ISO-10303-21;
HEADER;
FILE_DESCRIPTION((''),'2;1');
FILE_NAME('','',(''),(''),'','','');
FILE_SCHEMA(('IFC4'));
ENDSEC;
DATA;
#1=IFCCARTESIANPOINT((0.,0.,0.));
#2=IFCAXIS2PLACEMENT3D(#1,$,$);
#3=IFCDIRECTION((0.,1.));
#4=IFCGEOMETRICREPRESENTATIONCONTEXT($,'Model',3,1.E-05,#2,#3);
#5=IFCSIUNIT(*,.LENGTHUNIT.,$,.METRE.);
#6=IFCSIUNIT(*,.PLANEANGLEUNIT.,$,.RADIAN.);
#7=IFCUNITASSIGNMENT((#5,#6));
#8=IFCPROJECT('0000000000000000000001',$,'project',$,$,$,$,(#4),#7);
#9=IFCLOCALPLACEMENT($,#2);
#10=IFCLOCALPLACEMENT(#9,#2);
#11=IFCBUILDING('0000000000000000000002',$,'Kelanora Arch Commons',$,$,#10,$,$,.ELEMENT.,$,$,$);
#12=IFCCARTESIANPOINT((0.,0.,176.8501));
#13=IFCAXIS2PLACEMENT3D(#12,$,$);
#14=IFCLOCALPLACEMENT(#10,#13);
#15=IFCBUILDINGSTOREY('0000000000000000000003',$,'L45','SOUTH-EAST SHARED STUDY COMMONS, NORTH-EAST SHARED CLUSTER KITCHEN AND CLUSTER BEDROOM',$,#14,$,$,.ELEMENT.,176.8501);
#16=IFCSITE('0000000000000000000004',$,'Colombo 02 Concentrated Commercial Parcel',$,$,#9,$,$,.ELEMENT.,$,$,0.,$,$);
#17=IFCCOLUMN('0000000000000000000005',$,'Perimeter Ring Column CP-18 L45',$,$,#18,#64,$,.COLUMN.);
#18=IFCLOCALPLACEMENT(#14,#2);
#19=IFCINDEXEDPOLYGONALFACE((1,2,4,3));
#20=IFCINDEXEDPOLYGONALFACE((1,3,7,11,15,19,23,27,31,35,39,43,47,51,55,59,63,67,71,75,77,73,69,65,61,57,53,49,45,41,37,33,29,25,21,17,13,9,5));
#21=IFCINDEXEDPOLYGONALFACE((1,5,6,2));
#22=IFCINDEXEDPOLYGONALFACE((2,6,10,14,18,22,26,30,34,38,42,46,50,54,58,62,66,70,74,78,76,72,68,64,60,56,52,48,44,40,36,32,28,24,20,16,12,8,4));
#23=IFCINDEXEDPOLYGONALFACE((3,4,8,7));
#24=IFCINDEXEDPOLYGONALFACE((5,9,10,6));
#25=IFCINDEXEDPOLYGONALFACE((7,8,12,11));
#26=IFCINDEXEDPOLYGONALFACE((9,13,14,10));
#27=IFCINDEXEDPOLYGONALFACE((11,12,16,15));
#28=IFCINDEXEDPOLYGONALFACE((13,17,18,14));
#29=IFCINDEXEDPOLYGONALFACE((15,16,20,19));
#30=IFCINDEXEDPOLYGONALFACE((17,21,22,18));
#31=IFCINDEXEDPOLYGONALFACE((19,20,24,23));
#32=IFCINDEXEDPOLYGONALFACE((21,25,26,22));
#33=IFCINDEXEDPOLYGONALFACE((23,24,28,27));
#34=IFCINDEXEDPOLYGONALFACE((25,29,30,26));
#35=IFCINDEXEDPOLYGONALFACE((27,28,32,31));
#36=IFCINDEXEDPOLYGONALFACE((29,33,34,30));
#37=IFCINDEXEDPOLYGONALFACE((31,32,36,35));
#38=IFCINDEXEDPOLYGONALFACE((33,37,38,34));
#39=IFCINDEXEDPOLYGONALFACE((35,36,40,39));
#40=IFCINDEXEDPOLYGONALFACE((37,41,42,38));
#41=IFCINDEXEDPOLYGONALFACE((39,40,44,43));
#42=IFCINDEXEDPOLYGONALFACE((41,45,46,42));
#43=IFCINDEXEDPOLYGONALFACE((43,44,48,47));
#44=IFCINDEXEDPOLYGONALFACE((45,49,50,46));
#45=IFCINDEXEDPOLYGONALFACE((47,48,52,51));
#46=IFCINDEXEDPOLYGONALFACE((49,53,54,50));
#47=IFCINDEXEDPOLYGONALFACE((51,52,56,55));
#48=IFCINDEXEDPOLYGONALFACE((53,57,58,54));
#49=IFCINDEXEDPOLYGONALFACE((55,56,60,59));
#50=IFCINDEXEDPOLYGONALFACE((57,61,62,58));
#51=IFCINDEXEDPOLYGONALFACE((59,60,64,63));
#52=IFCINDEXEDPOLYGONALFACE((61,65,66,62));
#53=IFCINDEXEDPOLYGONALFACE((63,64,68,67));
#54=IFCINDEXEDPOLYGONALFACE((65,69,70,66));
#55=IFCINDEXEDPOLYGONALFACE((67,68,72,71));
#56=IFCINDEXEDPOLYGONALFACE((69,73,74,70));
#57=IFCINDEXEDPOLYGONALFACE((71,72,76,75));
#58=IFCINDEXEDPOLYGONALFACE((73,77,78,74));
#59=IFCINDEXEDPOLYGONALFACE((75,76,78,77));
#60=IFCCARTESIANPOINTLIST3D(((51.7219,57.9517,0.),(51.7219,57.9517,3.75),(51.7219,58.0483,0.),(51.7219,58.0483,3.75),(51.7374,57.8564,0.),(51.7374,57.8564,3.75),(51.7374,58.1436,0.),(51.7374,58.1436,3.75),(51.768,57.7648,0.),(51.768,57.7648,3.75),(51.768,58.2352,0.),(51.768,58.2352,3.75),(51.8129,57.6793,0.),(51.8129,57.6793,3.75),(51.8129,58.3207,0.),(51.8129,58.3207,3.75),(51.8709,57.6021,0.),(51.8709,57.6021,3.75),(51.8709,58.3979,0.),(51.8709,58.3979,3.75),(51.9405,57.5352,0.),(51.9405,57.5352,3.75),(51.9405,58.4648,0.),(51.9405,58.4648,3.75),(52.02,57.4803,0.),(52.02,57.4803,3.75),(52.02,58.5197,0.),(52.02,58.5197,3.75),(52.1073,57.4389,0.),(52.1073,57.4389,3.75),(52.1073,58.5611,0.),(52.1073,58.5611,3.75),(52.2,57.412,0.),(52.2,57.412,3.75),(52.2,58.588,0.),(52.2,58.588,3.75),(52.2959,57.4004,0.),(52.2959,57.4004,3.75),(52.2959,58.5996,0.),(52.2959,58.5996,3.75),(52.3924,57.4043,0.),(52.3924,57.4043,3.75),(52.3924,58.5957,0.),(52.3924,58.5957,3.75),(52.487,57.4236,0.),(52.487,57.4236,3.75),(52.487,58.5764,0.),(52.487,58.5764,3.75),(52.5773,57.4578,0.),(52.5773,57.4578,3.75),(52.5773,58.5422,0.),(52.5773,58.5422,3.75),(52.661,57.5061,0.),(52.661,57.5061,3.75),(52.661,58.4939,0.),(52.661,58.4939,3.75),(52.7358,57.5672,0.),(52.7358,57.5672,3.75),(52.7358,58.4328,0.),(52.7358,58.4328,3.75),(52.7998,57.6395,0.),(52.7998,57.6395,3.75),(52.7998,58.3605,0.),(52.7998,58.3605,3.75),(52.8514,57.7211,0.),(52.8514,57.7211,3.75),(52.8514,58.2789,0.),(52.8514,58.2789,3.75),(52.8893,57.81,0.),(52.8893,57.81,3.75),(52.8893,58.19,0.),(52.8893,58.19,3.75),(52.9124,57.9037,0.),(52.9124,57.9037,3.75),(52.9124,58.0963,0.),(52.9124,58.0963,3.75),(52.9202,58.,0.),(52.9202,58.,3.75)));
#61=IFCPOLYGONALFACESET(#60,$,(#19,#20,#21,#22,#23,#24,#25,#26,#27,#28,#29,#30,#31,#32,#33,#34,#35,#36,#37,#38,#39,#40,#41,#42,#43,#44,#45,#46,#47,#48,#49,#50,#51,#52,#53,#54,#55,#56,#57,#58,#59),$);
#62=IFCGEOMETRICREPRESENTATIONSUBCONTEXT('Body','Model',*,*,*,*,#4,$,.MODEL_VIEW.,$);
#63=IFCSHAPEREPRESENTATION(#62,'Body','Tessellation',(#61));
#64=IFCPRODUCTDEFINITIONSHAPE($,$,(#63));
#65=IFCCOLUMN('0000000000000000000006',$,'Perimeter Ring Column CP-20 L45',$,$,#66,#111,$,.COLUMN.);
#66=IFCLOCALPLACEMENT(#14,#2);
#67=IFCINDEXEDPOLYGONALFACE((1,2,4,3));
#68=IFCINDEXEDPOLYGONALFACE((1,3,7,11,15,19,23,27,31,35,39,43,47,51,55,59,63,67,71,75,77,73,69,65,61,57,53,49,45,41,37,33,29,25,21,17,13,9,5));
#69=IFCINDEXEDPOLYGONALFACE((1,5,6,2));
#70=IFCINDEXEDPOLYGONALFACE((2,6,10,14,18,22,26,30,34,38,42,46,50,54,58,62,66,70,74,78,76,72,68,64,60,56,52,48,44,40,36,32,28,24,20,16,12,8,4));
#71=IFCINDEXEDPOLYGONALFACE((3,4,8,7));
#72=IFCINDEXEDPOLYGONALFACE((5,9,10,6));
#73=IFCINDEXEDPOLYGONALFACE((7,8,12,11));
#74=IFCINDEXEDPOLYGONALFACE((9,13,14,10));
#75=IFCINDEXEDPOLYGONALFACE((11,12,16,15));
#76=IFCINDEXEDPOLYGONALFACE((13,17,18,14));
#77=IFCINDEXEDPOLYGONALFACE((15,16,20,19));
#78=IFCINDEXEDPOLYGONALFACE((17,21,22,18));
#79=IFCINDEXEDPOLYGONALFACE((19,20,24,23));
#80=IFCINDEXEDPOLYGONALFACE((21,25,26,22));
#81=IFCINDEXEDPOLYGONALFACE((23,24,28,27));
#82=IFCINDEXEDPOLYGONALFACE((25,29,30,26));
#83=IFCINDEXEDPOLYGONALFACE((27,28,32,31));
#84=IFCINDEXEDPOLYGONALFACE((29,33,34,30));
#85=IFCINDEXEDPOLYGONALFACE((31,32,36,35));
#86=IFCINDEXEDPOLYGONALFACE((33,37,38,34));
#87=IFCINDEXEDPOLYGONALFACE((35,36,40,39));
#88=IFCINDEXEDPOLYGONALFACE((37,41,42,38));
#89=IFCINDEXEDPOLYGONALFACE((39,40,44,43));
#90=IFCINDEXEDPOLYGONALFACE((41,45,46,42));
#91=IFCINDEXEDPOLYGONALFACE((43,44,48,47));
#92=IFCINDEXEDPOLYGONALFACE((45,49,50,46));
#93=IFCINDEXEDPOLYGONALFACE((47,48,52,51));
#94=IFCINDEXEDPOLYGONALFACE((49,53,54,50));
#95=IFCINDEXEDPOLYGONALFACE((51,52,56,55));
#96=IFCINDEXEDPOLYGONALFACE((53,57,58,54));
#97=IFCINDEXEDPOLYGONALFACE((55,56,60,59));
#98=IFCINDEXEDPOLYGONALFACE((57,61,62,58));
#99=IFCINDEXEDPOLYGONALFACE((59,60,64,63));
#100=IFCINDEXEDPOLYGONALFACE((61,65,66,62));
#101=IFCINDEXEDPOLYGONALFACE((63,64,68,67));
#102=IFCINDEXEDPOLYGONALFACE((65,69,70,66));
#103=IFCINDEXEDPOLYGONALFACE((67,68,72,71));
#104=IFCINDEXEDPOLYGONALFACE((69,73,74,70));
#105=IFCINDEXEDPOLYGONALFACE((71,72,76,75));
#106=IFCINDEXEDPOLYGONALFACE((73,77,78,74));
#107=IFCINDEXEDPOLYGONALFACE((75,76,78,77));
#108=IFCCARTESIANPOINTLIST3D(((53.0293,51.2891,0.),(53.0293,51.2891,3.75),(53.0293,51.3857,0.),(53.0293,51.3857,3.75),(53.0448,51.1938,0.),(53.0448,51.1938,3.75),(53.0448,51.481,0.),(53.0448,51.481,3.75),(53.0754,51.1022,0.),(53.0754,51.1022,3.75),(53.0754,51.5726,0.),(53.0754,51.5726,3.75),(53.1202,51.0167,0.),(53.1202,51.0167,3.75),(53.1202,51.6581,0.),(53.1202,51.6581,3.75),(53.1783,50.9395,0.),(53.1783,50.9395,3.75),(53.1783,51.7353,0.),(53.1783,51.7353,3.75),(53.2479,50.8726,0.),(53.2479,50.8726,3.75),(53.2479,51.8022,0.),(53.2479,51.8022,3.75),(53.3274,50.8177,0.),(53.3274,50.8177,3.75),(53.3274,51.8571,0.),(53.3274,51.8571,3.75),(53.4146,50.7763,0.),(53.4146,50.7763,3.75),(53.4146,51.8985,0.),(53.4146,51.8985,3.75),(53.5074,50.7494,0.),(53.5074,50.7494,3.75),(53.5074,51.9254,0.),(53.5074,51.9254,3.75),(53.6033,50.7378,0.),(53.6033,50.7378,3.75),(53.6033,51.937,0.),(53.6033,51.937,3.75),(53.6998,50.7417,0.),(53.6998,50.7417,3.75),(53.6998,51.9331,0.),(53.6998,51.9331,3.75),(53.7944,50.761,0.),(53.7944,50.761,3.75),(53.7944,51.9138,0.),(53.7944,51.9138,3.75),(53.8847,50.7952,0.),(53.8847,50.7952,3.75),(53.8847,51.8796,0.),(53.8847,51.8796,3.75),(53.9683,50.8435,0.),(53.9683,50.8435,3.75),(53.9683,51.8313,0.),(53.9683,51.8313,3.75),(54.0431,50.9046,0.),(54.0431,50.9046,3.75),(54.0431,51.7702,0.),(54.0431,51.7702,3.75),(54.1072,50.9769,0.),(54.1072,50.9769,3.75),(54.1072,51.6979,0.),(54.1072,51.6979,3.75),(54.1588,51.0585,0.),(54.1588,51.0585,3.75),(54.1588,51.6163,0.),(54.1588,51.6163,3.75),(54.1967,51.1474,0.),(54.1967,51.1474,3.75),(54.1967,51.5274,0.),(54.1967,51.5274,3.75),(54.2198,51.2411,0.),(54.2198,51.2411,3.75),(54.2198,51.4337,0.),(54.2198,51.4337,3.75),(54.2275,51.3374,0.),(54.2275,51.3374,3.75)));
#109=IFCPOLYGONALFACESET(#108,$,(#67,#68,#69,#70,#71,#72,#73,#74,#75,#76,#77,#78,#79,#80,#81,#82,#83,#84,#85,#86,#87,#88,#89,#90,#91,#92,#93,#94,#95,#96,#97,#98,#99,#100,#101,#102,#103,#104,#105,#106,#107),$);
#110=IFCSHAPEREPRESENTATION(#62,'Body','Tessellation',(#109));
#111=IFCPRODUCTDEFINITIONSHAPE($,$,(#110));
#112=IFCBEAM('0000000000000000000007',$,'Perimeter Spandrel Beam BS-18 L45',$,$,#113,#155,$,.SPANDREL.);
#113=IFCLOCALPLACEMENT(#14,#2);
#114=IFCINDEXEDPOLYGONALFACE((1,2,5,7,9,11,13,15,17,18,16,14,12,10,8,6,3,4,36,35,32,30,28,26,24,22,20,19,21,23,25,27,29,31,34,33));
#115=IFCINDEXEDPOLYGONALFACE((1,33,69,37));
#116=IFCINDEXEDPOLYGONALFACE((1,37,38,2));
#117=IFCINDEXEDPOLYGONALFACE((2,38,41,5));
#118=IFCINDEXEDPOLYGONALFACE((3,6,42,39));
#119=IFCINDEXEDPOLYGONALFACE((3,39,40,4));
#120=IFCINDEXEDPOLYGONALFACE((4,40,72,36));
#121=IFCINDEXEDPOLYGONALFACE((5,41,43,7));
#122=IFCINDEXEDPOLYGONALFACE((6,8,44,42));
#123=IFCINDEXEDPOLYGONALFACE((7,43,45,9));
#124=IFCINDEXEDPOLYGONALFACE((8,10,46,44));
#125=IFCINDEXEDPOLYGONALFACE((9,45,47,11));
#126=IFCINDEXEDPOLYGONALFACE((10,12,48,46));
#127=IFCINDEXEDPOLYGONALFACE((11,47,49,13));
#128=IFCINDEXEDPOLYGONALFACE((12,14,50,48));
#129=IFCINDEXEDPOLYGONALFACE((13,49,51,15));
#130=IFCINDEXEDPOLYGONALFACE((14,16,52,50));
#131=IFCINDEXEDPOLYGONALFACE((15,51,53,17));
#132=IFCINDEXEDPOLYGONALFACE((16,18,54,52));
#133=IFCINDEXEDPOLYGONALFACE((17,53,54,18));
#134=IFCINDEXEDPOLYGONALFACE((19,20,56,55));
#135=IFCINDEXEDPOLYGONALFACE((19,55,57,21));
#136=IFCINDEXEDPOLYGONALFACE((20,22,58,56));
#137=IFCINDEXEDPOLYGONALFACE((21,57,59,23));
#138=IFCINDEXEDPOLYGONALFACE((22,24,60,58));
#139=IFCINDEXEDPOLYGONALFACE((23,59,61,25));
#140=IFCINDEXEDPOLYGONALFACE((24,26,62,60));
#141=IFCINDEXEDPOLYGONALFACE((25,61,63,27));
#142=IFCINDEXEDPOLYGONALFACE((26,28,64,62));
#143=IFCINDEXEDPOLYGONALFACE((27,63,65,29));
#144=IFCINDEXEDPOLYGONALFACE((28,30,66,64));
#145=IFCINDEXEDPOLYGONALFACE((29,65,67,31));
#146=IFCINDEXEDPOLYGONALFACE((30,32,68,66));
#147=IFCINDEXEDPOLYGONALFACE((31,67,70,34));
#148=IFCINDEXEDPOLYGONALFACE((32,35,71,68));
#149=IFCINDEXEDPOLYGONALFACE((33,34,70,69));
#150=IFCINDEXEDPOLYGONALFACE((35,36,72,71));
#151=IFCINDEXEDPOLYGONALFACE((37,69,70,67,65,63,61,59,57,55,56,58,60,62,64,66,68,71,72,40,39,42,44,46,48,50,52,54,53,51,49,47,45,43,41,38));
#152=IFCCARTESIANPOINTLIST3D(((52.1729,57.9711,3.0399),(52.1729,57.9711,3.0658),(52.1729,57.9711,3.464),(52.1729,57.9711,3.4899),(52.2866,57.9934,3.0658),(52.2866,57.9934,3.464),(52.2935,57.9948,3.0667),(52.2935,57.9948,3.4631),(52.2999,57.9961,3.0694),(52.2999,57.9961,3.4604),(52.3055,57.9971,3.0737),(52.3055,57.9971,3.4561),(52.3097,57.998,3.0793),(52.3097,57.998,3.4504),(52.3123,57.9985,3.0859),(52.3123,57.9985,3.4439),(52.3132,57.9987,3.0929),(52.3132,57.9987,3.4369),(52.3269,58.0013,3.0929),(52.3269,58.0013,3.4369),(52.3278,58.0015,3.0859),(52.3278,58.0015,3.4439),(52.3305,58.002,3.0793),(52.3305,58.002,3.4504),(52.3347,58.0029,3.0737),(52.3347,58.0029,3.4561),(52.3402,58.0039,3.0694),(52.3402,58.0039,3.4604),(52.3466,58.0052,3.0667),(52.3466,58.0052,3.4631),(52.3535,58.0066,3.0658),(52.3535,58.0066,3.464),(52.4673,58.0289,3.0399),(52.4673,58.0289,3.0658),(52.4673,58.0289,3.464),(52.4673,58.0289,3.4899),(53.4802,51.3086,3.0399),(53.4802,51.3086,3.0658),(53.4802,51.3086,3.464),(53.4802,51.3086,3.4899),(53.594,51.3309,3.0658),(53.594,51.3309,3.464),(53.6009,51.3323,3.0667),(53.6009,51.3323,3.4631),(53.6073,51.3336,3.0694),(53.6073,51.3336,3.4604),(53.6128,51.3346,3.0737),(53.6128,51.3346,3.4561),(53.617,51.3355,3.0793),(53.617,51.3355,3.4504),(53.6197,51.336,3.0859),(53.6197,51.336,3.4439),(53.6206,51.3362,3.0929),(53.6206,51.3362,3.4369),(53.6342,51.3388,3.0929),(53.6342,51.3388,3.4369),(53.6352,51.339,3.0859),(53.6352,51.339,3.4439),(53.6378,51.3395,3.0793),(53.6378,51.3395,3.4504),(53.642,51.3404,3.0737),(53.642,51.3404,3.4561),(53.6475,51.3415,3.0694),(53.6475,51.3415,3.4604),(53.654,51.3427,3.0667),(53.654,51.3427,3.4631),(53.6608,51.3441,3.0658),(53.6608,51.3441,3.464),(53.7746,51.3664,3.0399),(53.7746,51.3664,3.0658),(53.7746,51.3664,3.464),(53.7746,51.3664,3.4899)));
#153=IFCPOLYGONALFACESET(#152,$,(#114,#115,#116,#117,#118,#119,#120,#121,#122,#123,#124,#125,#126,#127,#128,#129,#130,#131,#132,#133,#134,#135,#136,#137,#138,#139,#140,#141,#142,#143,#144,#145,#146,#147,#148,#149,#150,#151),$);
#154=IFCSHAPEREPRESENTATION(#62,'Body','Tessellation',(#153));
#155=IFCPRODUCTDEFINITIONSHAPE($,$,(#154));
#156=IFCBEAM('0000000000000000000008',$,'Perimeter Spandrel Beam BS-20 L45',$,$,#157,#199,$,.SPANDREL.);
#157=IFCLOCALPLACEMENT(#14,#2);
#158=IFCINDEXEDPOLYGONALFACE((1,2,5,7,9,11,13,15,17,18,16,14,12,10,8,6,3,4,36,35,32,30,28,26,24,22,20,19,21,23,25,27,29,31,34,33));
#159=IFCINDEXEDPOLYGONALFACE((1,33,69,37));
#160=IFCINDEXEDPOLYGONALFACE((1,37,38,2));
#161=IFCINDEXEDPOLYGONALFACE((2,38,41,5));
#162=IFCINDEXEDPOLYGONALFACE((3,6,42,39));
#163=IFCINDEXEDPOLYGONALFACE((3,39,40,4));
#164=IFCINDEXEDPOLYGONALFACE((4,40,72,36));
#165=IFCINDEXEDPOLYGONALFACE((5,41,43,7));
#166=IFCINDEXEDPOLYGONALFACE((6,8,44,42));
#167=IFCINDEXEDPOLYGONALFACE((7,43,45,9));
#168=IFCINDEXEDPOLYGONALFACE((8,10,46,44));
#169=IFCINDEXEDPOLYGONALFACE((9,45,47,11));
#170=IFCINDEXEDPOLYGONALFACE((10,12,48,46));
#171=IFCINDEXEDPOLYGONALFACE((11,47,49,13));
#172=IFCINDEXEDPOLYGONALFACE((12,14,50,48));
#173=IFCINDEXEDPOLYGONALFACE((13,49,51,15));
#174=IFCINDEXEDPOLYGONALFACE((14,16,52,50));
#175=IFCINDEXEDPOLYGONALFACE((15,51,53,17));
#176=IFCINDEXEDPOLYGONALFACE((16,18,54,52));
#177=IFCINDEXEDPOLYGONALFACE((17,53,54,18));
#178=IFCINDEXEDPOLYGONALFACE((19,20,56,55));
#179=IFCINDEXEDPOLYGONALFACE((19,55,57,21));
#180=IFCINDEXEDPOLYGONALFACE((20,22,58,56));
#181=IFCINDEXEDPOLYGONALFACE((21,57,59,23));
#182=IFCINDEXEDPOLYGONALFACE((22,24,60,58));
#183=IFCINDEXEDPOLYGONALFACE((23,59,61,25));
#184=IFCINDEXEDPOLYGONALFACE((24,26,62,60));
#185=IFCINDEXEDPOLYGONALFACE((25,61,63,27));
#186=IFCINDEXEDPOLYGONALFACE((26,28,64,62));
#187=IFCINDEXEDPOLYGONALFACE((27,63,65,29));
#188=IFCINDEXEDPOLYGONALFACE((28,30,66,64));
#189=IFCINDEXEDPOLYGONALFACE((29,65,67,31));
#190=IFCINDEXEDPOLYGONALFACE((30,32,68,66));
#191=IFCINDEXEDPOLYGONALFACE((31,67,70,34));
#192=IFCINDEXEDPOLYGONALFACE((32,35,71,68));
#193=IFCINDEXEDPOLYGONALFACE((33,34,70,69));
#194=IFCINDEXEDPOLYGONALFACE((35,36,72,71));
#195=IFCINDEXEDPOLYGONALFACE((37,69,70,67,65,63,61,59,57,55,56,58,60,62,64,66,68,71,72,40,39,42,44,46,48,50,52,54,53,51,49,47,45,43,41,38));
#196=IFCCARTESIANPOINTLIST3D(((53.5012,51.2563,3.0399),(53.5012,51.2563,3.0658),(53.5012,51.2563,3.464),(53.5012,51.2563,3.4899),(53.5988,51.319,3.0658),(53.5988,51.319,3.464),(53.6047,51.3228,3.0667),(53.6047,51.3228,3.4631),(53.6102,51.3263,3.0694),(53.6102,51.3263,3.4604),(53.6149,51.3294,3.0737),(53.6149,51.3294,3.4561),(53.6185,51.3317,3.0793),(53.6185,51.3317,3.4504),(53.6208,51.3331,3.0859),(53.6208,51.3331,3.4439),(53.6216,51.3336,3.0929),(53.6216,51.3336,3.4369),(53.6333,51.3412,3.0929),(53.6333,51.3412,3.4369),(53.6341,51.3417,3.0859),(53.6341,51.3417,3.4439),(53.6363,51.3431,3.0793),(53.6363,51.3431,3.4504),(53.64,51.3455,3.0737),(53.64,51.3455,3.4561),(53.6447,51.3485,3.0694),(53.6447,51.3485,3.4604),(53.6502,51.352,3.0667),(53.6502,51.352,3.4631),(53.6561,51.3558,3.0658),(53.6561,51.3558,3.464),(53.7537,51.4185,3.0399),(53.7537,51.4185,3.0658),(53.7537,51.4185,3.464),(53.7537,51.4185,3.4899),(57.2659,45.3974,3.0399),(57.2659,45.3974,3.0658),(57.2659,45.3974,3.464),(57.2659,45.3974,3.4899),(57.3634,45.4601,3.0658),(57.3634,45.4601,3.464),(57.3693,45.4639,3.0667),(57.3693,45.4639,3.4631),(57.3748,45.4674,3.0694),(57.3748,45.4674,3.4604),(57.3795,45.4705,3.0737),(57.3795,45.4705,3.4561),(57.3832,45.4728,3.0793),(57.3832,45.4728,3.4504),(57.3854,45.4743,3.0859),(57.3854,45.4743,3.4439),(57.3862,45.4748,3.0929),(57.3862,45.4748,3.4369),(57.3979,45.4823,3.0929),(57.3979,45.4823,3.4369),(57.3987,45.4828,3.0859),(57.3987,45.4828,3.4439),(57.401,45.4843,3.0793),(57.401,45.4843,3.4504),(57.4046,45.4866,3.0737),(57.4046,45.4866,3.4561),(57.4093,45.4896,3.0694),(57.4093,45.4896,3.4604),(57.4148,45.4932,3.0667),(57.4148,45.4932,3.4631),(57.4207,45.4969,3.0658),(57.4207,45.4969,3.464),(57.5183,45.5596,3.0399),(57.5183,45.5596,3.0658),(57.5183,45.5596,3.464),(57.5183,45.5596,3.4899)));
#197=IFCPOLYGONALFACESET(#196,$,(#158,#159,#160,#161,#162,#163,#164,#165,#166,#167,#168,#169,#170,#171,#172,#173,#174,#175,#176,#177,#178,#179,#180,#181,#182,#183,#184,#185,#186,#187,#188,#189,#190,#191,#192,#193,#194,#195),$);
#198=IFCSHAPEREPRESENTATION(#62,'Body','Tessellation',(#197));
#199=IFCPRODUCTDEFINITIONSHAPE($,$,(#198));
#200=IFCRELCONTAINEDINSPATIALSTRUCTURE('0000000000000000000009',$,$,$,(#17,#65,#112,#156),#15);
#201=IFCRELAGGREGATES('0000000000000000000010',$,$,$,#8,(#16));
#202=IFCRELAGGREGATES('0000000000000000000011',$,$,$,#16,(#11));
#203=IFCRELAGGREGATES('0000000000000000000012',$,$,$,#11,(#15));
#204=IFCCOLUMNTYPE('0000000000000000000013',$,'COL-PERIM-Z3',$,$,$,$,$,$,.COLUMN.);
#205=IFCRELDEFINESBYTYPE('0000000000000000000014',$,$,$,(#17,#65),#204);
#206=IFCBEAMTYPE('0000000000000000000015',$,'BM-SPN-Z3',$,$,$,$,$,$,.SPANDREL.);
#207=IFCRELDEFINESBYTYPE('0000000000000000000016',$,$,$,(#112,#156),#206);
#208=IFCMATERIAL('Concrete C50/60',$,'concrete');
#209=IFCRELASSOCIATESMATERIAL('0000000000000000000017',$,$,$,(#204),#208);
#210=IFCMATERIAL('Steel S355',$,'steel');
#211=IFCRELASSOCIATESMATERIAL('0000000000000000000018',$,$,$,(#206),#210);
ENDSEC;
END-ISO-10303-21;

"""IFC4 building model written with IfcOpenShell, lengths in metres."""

from ifc_helpers import new_model, si_unit, direction, frame, origin, origin_2d, place, context, subcontext, project, spatial, circle, i_section, extrude, material, material_profile, profile_set, type_object, element, save


model = new_model("IFC4")

# Units and contexts
model_context = context("Model", 3, precision=1e-05, world=origin(), true_north=direction((0.0, 1.0)))
body_context = subcontext(model_context, "Body", "Model", "MODEL_VIEW")
ifc_project = project(units=[si_unit("LENGTHUNIT", "METRE"), si_unit("PLANEANGLEUNIT", "RADIAN")], contexts=[model_context])

# Site, building, storey
site_placement = place(None, origin())
site = spatial("IfcSite", under=ifc_project, at=site_placement, Name="Colombo 02 Concentrated Commercial Parcel", CompositionType="ELEMENT", RefElevation=0.0)
building_placement = place(site_placement, origin())
building = spatial("IfcBuilding", under=site, at=building_placement, Name="Kelanora Arch Commons", CompositionType="ELEMENT")
storey_placement = place(building_placement, frame((0.0, 0.0, 176.8501)))
storey = spatial("IfcBuildingStorey", under=building, at=storey_placement, Name="L45", Description="SOUTH-EAST SHARED STUDY COMMONS, NORTH-EAST SHARED CLUSTER KITCHEN AND CLUSTER BEDROOM", CompositionType="ELEMENT", Elevation=176.8501)

# Columns
ifc_material_1 = material(Name="Concrete C50/60", Category="concrete")
ifc_material_profile_1 = material_profile(ifc_material_1, circle(Radius=0.6001, at=origin_2d()), Name="RCC1200")
ifc_profile_set_1 = profile_set([ifc_material_profile_1], Name="Concrete C50/60")
column_type = type_object("IfcColumnType", Name="COL-PERIM-Z3", PredefinedType="COLUMN", material=ifc_profile_set_1)
for number, where, z_axis, x_axis, name in (
    (1, (52.3201, 58.0, 0.0), (0.0, 0.0, 1.0), (1.0, 0.0, 0.0), "Perimeter Ring Column CP-18 L45"),
    (2, (53.6274, 51.3374, 0.0), (0.0, 0.0, 1.0), (1.0, 0.0, 0.0), "Perimeter Ring Column CP-20 L45"),
):
    element("IfcColumn", number, at=place(storey_placement, frame(where, z_axis=z_axis, x_axis=x_axis)), inside=storey, type_object=column_type, Name=name, PredefinedType="COLUMN", context=body_context, shape_type="SweptSolid", body=[
        extrude(circle(Radius=0.6001, at=origin_2d()), origin(), (0.0, 0.0, 1.0), 3.75),
    ])

# Beams
ifc_material_2 = material(Name="Steel S355", Category="steel")
ifc_material_profile_2 = material_profile(ifc_material_2, i_section(OverallWidth=0.3, OverallDepth=0.45, WebThickness=0.0139, FlangeThickness=0.0259, FilletRadius=0.0271, at=origin_2d()), Name="HEB450")
ifc_profile_set_2 = profile_set([ifc_material_profile_2], Name="Steel S355")
beam_type = type_object("IfcBeamType", Name="BM-SPN-Z3", PredefinedType="SPANDREL", material=ifc_profile_set_2)
beam_1_placement = place(storey_placement, frame((52.3201, 58.0, 3.2649), z_axis=(0.192554, -0.981286, 0.0), x_axis=(0.981286, 0.192554, 0.0)))
element("IfcBeam", 3, at=beam_1_placement, inside=storey, type_object=beam_type, Name="Perimeter Spandrel Beam BS-18 L45", PredefinedType="SPANDREL", context=body_context, shape_type="SweptSolid", body=[
    extrude(i_section(OverallWidth=0.3, OverallDepth=0.45, WebThickness=0.0139, FlangeThickness=0.0259, FilletRadius=0.0271, at=origin_2d()), origin(), (0.0, 0.0, 1.0), 6.7896),
])
beam_2_placement = place(storey_placement, frame((53.6274, 51.3374, 3.2649), z_axis=(0.540577, -0.841295, 0.0), x_axis=(0.841295, 0.540577, 0.0)))
element("IfcBeam", 4, at=beam_2_placement, inside=storey, type_object=beam_type, Name="Perimeter Spandrel Beam BS-20 L45", PredefinedType="SPANDREL", context=body_context, shape_type="SweptSolid", body=[
    extrude(i_section(OverallWidth=0.3, OverallDepth=0.45, WebThickness=0.0139, FlangeThickness=0.0259, FilletRadius=0.0271, at=origin_2d()), origin(), (0.0, 0.0, 1.0), 6.9641),
])

save(model, "model.ifc")
